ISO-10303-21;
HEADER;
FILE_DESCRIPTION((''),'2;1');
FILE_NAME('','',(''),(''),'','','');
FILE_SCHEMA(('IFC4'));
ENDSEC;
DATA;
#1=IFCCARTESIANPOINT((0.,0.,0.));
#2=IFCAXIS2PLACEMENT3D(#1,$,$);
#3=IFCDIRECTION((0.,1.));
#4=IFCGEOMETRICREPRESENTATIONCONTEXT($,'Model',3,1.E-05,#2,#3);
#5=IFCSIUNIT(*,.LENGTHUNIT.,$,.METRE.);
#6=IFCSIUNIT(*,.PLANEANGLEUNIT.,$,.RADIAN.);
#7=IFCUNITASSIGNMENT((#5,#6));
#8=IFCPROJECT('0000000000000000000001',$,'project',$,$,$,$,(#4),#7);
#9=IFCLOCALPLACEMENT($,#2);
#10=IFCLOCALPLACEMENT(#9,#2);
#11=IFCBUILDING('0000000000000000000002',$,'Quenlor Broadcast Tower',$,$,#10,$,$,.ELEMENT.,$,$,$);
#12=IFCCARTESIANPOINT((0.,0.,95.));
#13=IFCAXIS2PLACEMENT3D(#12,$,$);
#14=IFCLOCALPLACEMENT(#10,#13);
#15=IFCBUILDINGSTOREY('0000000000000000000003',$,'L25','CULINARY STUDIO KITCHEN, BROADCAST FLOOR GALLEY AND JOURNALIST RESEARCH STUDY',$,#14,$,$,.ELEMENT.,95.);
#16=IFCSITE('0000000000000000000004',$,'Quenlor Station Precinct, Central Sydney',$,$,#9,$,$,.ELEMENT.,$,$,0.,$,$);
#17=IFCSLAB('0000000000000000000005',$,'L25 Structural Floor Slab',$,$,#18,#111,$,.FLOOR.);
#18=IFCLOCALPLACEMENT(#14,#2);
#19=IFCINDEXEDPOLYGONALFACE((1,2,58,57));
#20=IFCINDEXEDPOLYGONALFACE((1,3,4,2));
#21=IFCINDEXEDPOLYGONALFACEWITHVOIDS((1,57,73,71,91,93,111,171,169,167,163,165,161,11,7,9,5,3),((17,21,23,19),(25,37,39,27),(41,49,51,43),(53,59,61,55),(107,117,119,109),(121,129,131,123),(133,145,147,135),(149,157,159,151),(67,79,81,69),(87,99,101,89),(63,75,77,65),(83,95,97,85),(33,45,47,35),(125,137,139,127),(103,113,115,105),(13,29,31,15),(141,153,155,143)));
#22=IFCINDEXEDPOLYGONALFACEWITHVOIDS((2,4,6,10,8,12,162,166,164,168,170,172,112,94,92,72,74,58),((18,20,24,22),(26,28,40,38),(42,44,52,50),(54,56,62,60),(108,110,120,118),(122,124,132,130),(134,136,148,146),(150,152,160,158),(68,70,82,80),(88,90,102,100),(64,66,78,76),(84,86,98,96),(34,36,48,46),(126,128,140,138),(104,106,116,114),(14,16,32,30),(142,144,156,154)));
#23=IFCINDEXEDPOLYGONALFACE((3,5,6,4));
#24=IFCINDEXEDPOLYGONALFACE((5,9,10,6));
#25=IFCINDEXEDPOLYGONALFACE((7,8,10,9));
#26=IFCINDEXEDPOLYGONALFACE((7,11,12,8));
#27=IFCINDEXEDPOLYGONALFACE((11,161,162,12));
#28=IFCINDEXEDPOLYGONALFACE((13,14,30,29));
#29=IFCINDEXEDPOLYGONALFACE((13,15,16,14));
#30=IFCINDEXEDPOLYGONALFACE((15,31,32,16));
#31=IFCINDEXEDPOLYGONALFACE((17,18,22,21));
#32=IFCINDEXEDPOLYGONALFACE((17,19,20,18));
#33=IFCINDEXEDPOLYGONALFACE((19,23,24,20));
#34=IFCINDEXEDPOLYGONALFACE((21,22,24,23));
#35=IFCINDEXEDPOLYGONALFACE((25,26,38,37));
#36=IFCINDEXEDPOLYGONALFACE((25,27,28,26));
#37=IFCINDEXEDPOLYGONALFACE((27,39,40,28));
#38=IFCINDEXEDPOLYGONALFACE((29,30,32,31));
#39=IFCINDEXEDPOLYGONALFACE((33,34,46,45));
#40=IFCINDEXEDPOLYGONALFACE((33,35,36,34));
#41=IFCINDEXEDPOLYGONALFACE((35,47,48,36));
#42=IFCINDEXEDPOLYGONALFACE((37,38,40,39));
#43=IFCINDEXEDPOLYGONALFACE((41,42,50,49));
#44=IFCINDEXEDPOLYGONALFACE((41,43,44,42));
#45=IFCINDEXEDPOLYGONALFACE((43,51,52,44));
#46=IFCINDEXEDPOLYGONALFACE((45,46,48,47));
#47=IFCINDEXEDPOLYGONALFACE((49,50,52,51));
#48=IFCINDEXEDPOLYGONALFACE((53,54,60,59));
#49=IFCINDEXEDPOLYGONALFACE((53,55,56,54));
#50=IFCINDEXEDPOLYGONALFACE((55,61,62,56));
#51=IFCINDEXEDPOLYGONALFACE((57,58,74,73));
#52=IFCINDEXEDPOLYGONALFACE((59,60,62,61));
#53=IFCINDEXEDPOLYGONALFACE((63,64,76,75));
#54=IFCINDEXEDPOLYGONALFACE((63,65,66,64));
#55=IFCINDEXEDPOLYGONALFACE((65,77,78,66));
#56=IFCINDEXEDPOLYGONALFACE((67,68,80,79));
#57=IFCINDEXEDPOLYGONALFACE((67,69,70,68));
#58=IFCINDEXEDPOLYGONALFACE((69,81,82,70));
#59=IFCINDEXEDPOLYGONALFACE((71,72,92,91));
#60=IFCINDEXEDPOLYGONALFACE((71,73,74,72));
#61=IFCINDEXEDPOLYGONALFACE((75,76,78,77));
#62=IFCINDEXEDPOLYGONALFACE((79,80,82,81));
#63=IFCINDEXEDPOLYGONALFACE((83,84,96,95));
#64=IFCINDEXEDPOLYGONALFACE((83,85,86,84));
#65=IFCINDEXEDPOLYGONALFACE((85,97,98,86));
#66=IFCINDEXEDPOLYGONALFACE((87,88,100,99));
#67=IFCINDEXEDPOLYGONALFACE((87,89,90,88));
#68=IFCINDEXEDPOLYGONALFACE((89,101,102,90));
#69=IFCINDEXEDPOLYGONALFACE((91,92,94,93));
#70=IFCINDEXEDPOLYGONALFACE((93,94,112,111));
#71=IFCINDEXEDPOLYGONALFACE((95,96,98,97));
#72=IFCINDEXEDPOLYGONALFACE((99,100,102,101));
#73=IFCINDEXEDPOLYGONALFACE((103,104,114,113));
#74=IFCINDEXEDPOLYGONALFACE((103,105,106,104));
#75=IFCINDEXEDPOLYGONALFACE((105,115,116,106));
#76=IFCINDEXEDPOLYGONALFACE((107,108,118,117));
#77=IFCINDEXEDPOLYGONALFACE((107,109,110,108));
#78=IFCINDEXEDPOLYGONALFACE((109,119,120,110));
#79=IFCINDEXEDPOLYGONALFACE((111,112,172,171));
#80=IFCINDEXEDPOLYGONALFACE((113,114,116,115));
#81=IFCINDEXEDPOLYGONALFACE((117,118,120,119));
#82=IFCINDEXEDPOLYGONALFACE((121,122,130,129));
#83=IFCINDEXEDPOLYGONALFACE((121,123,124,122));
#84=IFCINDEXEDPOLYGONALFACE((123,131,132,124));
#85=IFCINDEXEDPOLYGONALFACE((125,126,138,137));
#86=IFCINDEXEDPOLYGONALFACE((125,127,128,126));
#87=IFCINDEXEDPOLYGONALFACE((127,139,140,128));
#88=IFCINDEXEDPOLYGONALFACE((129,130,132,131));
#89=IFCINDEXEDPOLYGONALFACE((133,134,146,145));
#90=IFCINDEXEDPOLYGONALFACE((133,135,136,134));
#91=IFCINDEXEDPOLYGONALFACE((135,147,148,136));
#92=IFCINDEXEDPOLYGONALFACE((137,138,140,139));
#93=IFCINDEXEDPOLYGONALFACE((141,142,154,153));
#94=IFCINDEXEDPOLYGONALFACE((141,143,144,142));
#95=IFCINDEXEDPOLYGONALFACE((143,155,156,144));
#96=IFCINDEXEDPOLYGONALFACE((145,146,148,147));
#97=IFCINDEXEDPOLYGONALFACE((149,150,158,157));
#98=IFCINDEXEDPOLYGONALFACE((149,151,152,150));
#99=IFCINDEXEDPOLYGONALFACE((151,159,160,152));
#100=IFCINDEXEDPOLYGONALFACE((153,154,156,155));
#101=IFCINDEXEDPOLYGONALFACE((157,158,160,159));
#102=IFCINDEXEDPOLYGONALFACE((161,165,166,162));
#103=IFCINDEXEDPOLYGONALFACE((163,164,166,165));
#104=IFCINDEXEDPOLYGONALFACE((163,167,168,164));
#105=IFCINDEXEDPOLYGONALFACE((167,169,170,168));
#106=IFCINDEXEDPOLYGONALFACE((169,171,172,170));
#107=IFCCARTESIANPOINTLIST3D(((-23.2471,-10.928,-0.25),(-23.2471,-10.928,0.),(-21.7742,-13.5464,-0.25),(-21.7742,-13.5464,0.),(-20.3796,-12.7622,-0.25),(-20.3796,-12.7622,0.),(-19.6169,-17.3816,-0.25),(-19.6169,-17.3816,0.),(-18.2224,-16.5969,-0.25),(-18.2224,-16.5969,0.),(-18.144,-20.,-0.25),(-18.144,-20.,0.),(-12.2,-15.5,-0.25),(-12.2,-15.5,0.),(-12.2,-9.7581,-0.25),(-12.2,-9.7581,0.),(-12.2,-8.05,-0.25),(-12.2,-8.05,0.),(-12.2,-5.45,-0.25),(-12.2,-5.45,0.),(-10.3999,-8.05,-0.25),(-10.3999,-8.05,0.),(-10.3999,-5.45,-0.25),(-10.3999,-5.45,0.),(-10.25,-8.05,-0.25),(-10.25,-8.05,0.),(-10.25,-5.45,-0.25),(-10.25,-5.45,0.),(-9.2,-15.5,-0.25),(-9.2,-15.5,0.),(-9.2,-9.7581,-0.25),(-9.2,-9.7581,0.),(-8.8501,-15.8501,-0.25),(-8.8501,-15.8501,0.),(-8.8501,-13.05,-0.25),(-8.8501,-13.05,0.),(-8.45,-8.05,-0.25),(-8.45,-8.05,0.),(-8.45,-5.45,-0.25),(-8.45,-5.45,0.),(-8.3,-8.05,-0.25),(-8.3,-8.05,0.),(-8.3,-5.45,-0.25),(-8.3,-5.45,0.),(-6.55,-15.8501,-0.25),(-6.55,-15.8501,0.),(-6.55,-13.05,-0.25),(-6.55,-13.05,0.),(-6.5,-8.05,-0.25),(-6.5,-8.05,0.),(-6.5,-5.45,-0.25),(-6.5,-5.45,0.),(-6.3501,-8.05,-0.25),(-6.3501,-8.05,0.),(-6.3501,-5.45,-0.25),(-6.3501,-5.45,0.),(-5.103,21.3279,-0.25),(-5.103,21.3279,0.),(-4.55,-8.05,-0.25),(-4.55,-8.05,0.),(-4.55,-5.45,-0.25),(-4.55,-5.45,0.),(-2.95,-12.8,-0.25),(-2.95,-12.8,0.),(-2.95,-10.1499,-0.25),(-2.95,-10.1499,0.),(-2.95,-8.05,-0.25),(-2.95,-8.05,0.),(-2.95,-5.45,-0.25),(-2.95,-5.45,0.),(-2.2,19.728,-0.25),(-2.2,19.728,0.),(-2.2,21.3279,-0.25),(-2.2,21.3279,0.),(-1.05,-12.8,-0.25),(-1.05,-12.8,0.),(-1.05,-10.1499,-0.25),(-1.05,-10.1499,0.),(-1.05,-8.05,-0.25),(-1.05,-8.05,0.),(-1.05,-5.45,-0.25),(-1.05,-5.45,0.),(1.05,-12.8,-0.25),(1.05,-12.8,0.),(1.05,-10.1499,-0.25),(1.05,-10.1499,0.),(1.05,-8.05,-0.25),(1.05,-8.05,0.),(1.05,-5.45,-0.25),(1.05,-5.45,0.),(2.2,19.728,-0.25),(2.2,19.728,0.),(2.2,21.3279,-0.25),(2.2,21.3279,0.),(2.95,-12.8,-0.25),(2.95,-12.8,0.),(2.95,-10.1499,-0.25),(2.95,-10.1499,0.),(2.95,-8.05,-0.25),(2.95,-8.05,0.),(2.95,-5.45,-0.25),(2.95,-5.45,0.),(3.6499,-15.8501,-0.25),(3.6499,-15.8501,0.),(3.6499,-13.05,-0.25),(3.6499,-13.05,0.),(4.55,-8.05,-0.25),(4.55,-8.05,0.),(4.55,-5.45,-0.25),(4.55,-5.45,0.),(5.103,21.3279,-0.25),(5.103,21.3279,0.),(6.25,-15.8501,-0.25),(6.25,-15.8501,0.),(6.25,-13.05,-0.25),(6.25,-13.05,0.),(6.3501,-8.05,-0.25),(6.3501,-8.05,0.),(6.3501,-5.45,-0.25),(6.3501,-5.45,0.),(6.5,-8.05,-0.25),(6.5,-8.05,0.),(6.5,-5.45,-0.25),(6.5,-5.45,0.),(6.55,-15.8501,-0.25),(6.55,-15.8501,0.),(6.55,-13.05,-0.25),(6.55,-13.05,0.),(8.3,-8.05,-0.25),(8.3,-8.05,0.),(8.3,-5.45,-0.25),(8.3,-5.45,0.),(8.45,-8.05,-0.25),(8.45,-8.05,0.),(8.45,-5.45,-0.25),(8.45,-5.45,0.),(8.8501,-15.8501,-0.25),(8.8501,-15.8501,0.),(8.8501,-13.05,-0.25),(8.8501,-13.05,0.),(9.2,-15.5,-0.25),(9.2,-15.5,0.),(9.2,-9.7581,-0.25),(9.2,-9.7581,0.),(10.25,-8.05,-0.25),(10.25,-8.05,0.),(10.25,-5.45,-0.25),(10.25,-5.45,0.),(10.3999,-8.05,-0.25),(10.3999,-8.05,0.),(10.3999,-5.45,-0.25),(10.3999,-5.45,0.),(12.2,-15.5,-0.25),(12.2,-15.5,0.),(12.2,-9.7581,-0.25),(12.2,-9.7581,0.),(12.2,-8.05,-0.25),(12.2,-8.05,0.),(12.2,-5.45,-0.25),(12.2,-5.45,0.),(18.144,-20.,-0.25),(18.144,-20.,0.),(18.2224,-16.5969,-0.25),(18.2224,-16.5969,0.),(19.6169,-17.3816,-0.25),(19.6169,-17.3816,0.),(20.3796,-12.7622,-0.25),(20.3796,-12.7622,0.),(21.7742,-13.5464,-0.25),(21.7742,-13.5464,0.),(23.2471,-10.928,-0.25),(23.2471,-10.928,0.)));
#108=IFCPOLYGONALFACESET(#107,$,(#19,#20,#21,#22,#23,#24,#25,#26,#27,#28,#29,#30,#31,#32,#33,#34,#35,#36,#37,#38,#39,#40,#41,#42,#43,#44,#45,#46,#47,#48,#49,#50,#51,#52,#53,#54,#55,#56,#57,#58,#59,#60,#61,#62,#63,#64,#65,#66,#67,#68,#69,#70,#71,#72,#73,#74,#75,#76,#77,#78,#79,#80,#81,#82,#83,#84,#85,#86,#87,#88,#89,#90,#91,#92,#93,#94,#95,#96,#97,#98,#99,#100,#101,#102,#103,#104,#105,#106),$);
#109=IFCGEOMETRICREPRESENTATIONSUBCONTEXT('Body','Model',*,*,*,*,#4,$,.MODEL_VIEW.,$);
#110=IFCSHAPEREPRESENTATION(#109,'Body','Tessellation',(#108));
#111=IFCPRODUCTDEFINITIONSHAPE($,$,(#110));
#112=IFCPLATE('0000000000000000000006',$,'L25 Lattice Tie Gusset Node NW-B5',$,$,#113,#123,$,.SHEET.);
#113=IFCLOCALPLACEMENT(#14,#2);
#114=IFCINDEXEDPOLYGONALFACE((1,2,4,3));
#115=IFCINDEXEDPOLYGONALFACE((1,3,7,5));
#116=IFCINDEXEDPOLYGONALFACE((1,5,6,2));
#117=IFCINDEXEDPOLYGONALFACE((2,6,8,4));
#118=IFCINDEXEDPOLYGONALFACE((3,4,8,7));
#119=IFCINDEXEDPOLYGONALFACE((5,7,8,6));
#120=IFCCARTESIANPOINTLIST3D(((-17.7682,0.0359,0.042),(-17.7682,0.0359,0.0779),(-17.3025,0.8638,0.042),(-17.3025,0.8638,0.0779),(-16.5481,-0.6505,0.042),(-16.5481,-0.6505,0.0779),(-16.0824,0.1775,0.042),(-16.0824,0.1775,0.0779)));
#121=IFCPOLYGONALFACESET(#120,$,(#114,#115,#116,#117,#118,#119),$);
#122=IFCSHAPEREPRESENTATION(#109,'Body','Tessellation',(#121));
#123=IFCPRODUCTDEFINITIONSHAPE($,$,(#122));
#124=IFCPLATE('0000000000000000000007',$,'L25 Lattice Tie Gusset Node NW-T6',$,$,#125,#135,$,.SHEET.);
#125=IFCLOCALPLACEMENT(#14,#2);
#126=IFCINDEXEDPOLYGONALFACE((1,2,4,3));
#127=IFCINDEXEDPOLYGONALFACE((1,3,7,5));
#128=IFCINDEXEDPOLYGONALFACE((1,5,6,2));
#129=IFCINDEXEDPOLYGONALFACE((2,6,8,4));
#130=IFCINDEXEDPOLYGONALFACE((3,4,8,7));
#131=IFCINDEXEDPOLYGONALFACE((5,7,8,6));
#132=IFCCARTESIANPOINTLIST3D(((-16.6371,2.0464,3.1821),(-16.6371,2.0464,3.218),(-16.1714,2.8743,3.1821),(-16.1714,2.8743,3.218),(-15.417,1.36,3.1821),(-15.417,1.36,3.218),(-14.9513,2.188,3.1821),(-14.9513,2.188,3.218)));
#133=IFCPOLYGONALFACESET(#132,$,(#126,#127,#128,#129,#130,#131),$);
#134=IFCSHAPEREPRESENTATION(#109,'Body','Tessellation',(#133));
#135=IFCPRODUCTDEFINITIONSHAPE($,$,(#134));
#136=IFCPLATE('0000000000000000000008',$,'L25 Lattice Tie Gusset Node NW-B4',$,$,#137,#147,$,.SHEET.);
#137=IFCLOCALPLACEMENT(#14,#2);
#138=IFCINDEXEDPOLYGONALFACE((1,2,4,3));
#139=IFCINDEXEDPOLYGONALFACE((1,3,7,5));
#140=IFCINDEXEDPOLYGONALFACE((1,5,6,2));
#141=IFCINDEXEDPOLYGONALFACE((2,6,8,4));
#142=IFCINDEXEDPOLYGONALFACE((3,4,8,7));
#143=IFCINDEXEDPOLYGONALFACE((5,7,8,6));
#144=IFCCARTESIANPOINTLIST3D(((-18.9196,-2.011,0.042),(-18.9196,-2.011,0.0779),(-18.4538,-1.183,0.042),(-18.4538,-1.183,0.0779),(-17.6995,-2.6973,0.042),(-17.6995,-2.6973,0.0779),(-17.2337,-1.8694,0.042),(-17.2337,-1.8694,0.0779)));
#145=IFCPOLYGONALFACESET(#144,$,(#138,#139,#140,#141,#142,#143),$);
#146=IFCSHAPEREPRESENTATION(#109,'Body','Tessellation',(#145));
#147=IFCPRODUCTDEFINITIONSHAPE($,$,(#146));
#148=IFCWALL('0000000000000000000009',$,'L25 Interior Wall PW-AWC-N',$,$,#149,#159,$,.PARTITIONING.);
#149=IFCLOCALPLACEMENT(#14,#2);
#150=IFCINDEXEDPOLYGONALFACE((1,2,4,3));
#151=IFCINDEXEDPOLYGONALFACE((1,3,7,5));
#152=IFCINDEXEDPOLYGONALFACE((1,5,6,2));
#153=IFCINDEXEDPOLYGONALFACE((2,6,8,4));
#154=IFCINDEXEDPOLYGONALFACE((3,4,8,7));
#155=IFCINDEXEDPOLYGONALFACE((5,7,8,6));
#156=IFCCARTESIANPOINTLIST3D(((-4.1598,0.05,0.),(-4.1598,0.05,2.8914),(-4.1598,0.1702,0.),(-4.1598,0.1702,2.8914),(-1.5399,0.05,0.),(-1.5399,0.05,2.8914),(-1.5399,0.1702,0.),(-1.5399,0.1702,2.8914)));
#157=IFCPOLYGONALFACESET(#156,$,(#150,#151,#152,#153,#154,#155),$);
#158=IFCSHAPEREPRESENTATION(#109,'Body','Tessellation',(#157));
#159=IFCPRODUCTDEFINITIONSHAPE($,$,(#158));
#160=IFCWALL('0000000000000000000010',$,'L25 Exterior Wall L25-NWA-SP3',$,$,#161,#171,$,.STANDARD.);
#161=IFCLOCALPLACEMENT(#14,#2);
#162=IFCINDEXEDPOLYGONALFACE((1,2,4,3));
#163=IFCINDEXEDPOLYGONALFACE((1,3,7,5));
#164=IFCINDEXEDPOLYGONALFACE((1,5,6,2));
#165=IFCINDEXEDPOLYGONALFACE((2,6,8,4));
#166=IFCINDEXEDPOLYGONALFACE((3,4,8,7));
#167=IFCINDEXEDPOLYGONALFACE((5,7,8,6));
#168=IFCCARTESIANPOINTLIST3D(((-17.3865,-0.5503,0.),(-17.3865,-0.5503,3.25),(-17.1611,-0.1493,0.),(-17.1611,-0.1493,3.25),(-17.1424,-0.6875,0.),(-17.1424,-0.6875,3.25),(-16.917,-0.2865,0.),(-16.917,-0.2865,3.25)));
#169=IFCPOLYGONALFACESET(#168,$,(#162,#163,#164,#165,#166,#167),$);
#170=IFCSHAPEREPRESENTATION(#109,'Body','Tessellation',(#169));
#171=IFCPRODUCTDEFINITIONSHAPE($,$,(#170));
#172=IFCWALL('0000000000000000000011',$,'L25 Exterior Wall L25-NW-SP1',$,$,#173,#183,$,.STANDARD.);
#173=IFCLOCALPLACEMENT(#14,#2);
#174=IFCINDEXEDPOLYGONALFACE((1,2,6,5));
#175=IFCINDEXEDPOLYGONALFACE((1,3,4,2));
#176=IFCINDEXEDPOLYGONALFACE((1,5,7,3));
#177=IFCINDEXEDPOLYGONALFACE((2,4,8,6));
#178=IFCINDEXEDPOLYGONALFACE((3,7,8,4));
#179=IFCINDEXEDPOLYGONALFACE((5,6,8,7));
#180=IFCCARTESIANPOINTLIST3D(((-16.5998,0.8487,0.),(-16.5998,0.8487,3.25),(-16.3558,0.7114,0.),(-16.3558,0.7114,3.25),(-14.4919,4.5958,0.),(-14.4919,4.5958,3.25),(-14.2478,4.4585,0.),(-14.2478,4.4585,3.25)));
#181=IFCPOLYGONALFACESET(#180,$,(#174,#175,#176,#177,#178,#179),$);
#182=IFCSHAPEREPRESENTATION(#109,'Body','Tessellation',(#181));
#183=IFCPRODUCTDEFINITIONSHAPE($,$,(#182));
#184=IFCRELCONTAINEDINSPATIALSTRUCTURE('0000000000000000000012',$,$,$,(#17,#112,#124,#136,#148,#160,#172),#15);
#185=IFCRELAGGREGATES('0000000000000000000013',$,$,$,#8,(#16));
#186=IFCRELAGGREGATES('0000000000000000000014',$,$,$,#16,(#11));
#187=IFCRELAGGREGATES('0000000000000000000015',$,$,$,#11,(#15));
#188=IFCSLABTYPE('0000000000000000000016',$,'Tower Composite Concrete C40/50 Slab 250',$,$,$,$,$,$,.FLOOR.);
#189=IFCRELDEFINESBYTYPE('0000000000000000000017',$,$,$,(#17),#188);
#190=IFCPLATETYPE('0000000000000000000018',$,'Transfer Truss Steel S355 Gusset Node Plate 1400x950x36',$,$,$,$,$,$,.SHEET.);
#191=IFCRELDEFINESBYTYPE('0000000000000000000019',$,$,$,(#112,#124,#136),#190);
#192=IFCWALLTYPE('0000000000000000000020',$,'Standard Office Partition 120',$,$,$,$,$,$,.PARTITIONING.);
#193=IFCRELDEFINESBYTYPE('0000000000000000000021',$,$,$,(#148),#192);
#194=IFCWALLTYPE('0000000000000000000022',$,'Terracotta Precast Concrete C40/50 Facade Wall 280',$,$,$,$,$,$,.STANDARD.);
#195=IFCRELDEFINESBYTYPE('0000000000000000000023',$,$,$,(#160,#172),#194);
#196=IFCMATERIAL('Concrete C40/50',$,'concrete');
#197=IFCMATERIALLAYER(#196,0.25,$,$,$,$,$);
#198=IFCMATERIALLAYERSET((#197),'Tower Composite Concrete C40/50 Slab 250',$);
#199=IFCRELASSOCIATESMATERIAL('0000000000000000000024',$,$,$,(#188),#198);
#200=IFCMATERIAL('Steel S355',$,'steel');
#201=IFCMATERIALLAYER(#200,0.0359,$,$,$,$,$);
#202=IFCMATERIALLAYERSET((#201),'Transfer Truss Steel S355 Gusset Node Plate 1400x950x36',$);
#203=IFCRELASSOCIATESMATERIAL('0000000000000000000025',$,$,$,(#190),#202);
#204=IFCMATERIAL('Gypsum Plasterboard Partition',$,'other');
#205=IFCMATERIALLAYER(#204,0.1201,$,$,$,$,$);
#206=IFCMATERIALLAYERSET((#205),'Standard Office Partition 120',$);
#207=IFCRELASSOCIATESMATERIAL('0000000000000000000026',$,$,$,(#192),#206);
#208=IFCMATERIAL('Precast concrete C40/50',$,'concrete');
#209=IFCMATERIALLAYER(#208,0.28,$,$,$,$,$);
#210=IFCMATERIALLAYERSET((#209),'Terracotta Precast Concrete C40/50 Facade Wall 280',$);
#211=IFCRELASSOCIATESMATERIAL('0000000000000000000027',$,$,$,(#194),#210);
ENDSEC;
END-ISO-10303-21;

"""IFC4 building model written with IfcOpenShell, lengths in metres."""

from ifc_helpers import new_model, si_unit, direction, frame, frame_2d, origin, origin_2d, place, context, subcontext, project, spatial, polyline, rectangle, outline, extrude, material, layer, layer_set, type_object, element, save


model = new_model("IFC4")

# Units and contexts
model_context = context("Model", 3, precision=1e-05, world=origin(), true_north=direction((0.0, 1.0)))
body_context = subcontext(model_context, "Body", "Model", "MODEL_VIEW")
ifc_project = project(units=[si_unit("LENGTHUNIT", "METRE"), si_unit("PLANEANGLEUNIT", "RADIAN")], contexts=[model_context])

# Site, building, storey
site_placement = place(None, origin())
site = spatial("IfcSite", under=ifc_project, at=site_placement, Name="Quenlor Station Precinct, Central Sydney", CompositionType="ELEMENT", RefElevation=0.0)
building_placement = place(site_placement, origin())
building = spatial("IfcBuilding", under=site, at=building_placement, Name="Quenlor Broadcast Tower", CompositionType="ELEMENT")
storey_placement = place(building_placement, frame((0.0, 0.0, 95.0)))
storey = spatial("IfcBuildingStorey", under=building, at=storey_placement, Name="L25", Description="CULINARY STUDIO KITCHEN, BROADCAST FLOOR GALLEY AND JOURNALIST RESEARCH STUDY", CompositionType="ELEMENT", Elevation=95.0)

# Slab
ifc_material_1 = material(Name="Concrete C40/50", Category="concrete")
ifc_layer_1 = layer(ifc_material_1, 0.25)
ifc_layer_set_1 = layer_set([ifc_layer_1], Name="Tower Composite Concrete C40/50 Slab 250")
slab_type_1 = type_object("IfcSlabType", Name="Tower Composite Concrete C40/50 Slab 250", PredefinedType="FLOOR", material=ifc_layer_set_1)
slab_1_placement = place(storey_placement, frame((0.0, 0.0, -0.25)))
element("IfcSlab", 1, at=slab_1_placement, inside=storey, type_object=slab_type_1, Name="L25 Structural Floor Slab", PredefinedType="FLOOR", context=body_context, shape_type="SweptSolid", body=[
    extrude(outline(polyline([(18.144, -20.0), (19.6169, -17.3816), (18.2224, -16.5969), (20.3796, -12.7622), (21.7742, -13.5464), (23.2471, -10.928), (5.103, 21.3279), (2.2, 21.3279), (2.2, 19.728), (-2.2, 19.728), (-2.2, 21.3279), (-5.103, 21.3279), (-23.2471, -10.928), (-21.7742, -13.5464), (-20.3796, -12.7622), (-18.2224, -16.5969), (-19.6169, -17.3816), (-18.144, -20.0), (18.144, -20.0)]), holes=[polyline([(-12.2, -9.7581), (-12.2, -15.5), (-9.2, -15.5), (-9.2, -9.7581), (-12.2, -9.7581)]), polyline([(9.2, -9.7581), (9.2, -15.5), (12.2, -15.5), (12.2, -9.7581), (9.2, -9.7581)]), polyline([(-12.2, -8.05), (-10.3999, -8.05), (-10.3999, -5.45), (-12.2, -5.45), (-12.2, -8.05)]), polyline([(-10.25, -8.05), (-8.45, -8.05), (-8.45, -5.45), (-10.25, -5.45), (-10.25, -8.05)]), polyline([(-8.3, -8.05), (-6.5, -8.05), (-6.5, -5.45), (-8.3, -5.45), (-8.3, -8.05)]), polyline([(-6.3501, -8.05), (-4.55, -8.05), (-4.55, -5.45), (-6.3501, -5.45), (-6.3501, -8.05)]), polyline([(-2.95, -8.05), (-1.05, -8.05), (-1.05, -5.45), (-2.95, -5.45), (-2.95, -8.05)]), polyline([(1.05, -8.05), (2.95, -8.05), (2.95, -5.45), (1.05, -5.45), (1.05, -8.05)]), polyline([(-2.95, -12.8), (-1.05, -12.8), (-1.05, -10.1499), (-2.95, -10.1499), (-2.95, -12.8)]), polyline([(1.05, -12.8), (2.95, -12.8), (2.95, -10.1499), (1.05, -10.1499), (1.05, -12.8)]), polyline([(4.55, -8.05), (6.3501, -8.05), (6.3501, -5.45), (4.55, -5.45), (4.55, -8.05)]), polyline([(6.5, -8.05), (8.3, -8.05), (8.3, -5.45), (6.5, -5.45), (6.5, -8.05)]), polyline([(8.45, -8.05), (10.25, -8.05), (10.25, -5.45), (8.45, -5.45), (8.45, -8.05)]), polyline([(10.3999, -8.05), (12.2, -8.05), (12.2, -5.45), (10.3999, -5.45), (10.3999, -8.05)]), polyline([(-8.8501, -15.8501), (-6.55, -15.8501), (-6.55, -13.05), (-8.8501, -13.05), (-8.8501, -15.8501)]), polyline([(6.55, -15.8501), (8.8501, -15.8501), (8.8501, -13.05), (6.55, -13.05), (6.55, -15.8501)]), polyline([(3.6499, -15.8501), (6.25, -15.8501), (6.25, -13.05), (3.6499, -13.05), (3.6499, -15.8501)])]), origin(), (0.0, 0.0, 1.0), 0.25),
])

# Plates
ifc_material_2 = material(Name="Steel S355", Category="steel")
ifc_layer_2 = layer(ifc_material_2, 0.0359)
ifc_layer_set_2 = layer_set([ifc_layer_2], Name="Transfer Truss Steel S355 Gusset Node Plate 1400x950x36")
plate_type_1 = type_object("IfcPlateType", Name="Transfer Truss Steel S355 Gusset Node Plate 1400x950x36", PredefinedType="SHEET", material=ifc_layer_set_2)
for number, where, z_axis, x_axis, name in (
    (2, (-16.9253, 0.1067, 0.042), (0.0, 0.0, 1.0), (-0.871556, 0.490295, 0.0), "L25 Lattice Tie Gusset Node NW-B5"),
    (3, (-15.7942, 2.1172, 3.1821), (0.0, 0.0, 1.0), (-0.871556, 0.490295, 0.0), "L25 Lattice Tie Gusset Node NW-T6"),
    (4, (-18.0767, -1.9402, 0.042), (0.0, 0.0, 1.0), (-0.871556, 0.490295, 0.0), "L25 Lattice Tie Gusset Node NW-B4"),
):
    element("IfcPlate", number, at=place(storey_placement, frame(where, z_axis=z_axis, x_axis=x_axis)), inside=storey, type_object=plate_type_1, Name=name, PredefinedType="SHEET", context=body_context, shape_type="SweptSolid", body=[
        extrude(rectangle(XDim=1.3999, YDim=0.95, at=origin_2d()), origin(), (0.0, 0.0, 1.0), 0.0359),
    ])

# Walls
ifc_material_3 = material(Name="Gypsum Plasterboard Partition", Category="other")
ifc_layer_3 = layer(ifc_material_3, 0.1201)
ifc_layer_set_3 = layer_set([ifc_layer_3], Name="Standard Office Partition 120")
wall_type_1 = type_object("IfcWallType", Name="Standard Office Partition 120", PredefinedType="PARTITIONING", material=ifc_layer_set_3)
wall_1_placement = place(storey_placement, frame((-4.1599, 0.1101, 0.0), z_axis=(0.0, 0.0, 1.0), x_axis=(1.0, 0.0, 0.0)))
element("IfcWall", 5, at=wall_1_placement, inside=storey, type_object=wall_type_1, Name="L25 Interior Wall PW-AWC-N", PredefinedType="PARTITIONING", context=body_context, shape_type="SweptSolid", body=[
    extrude(rectangle(XDim=2.6199, YDim=0.1201, at=frame_2d((1.3101, 0.0))), origin(), (0.0, 0.0, 1.0), 2.8914),
])
ifc_material_4 = material(Name="Precast concrete C40/50", Category="concrete")
ifc_layer_4 = layer(ifc_material_4, 0.28)
ifc_layer_set_4 = layer_set([ifc_layer_4], Name="Terracotta Precast Concrete C40/50 Facade Wall 280")
wall_type_2 = type_object("IfcWallType", Name="Terracotta Precast Concrete C40/50 Facade Wall 280", PredefinedType="STANDARD", material=ifc_layer_set_4)
wall_2_placement = place(storey_placement, frame((-17.2644, -0.6189, 0.0), z_axis=(0.0, 0.0, 1.0), x_axis=(0.490009, 0.871717, 0.0)))
element("IfcWall", 6, at=wall_2_placement, inside=storey, type_object=wall_type_2, Name="L25 Exterior Wall L25-NWA-SP3", PredefinedType="STANDARD", context=body_context, shape_type="SweptSolid", body=[
    extrude(rectangle(XDim=0.46, YDim=0.28, at=frame_2d((0.23, 0.0))), origin(), (0.0, 0.0, 1.0), 3.25),
])
wall_3_placement = place(storey_placement, frame((-16.4778, 0.78, 0.0), z_axis=(0.0, 0.0, 1.0), x_axis=(0.490294, 0.871557, 0.0)))
element("IfcWall", 7, at=wall_3_placement, inside=storey, type_object=wall_type_2, Name="L25 Exterior Wall L25-NW-SP1", PredefinedType="STANDARD", context=body_context, shape_type="SweptSolid", body=[
    extrude(rectangle(XDim=4.2993, YDim=0.28, at=frame_2d((2.1497, 0.0))), origin(), (0.0, 0.0, 1.0), 3.25),
])

save(model, "model.ifc")
